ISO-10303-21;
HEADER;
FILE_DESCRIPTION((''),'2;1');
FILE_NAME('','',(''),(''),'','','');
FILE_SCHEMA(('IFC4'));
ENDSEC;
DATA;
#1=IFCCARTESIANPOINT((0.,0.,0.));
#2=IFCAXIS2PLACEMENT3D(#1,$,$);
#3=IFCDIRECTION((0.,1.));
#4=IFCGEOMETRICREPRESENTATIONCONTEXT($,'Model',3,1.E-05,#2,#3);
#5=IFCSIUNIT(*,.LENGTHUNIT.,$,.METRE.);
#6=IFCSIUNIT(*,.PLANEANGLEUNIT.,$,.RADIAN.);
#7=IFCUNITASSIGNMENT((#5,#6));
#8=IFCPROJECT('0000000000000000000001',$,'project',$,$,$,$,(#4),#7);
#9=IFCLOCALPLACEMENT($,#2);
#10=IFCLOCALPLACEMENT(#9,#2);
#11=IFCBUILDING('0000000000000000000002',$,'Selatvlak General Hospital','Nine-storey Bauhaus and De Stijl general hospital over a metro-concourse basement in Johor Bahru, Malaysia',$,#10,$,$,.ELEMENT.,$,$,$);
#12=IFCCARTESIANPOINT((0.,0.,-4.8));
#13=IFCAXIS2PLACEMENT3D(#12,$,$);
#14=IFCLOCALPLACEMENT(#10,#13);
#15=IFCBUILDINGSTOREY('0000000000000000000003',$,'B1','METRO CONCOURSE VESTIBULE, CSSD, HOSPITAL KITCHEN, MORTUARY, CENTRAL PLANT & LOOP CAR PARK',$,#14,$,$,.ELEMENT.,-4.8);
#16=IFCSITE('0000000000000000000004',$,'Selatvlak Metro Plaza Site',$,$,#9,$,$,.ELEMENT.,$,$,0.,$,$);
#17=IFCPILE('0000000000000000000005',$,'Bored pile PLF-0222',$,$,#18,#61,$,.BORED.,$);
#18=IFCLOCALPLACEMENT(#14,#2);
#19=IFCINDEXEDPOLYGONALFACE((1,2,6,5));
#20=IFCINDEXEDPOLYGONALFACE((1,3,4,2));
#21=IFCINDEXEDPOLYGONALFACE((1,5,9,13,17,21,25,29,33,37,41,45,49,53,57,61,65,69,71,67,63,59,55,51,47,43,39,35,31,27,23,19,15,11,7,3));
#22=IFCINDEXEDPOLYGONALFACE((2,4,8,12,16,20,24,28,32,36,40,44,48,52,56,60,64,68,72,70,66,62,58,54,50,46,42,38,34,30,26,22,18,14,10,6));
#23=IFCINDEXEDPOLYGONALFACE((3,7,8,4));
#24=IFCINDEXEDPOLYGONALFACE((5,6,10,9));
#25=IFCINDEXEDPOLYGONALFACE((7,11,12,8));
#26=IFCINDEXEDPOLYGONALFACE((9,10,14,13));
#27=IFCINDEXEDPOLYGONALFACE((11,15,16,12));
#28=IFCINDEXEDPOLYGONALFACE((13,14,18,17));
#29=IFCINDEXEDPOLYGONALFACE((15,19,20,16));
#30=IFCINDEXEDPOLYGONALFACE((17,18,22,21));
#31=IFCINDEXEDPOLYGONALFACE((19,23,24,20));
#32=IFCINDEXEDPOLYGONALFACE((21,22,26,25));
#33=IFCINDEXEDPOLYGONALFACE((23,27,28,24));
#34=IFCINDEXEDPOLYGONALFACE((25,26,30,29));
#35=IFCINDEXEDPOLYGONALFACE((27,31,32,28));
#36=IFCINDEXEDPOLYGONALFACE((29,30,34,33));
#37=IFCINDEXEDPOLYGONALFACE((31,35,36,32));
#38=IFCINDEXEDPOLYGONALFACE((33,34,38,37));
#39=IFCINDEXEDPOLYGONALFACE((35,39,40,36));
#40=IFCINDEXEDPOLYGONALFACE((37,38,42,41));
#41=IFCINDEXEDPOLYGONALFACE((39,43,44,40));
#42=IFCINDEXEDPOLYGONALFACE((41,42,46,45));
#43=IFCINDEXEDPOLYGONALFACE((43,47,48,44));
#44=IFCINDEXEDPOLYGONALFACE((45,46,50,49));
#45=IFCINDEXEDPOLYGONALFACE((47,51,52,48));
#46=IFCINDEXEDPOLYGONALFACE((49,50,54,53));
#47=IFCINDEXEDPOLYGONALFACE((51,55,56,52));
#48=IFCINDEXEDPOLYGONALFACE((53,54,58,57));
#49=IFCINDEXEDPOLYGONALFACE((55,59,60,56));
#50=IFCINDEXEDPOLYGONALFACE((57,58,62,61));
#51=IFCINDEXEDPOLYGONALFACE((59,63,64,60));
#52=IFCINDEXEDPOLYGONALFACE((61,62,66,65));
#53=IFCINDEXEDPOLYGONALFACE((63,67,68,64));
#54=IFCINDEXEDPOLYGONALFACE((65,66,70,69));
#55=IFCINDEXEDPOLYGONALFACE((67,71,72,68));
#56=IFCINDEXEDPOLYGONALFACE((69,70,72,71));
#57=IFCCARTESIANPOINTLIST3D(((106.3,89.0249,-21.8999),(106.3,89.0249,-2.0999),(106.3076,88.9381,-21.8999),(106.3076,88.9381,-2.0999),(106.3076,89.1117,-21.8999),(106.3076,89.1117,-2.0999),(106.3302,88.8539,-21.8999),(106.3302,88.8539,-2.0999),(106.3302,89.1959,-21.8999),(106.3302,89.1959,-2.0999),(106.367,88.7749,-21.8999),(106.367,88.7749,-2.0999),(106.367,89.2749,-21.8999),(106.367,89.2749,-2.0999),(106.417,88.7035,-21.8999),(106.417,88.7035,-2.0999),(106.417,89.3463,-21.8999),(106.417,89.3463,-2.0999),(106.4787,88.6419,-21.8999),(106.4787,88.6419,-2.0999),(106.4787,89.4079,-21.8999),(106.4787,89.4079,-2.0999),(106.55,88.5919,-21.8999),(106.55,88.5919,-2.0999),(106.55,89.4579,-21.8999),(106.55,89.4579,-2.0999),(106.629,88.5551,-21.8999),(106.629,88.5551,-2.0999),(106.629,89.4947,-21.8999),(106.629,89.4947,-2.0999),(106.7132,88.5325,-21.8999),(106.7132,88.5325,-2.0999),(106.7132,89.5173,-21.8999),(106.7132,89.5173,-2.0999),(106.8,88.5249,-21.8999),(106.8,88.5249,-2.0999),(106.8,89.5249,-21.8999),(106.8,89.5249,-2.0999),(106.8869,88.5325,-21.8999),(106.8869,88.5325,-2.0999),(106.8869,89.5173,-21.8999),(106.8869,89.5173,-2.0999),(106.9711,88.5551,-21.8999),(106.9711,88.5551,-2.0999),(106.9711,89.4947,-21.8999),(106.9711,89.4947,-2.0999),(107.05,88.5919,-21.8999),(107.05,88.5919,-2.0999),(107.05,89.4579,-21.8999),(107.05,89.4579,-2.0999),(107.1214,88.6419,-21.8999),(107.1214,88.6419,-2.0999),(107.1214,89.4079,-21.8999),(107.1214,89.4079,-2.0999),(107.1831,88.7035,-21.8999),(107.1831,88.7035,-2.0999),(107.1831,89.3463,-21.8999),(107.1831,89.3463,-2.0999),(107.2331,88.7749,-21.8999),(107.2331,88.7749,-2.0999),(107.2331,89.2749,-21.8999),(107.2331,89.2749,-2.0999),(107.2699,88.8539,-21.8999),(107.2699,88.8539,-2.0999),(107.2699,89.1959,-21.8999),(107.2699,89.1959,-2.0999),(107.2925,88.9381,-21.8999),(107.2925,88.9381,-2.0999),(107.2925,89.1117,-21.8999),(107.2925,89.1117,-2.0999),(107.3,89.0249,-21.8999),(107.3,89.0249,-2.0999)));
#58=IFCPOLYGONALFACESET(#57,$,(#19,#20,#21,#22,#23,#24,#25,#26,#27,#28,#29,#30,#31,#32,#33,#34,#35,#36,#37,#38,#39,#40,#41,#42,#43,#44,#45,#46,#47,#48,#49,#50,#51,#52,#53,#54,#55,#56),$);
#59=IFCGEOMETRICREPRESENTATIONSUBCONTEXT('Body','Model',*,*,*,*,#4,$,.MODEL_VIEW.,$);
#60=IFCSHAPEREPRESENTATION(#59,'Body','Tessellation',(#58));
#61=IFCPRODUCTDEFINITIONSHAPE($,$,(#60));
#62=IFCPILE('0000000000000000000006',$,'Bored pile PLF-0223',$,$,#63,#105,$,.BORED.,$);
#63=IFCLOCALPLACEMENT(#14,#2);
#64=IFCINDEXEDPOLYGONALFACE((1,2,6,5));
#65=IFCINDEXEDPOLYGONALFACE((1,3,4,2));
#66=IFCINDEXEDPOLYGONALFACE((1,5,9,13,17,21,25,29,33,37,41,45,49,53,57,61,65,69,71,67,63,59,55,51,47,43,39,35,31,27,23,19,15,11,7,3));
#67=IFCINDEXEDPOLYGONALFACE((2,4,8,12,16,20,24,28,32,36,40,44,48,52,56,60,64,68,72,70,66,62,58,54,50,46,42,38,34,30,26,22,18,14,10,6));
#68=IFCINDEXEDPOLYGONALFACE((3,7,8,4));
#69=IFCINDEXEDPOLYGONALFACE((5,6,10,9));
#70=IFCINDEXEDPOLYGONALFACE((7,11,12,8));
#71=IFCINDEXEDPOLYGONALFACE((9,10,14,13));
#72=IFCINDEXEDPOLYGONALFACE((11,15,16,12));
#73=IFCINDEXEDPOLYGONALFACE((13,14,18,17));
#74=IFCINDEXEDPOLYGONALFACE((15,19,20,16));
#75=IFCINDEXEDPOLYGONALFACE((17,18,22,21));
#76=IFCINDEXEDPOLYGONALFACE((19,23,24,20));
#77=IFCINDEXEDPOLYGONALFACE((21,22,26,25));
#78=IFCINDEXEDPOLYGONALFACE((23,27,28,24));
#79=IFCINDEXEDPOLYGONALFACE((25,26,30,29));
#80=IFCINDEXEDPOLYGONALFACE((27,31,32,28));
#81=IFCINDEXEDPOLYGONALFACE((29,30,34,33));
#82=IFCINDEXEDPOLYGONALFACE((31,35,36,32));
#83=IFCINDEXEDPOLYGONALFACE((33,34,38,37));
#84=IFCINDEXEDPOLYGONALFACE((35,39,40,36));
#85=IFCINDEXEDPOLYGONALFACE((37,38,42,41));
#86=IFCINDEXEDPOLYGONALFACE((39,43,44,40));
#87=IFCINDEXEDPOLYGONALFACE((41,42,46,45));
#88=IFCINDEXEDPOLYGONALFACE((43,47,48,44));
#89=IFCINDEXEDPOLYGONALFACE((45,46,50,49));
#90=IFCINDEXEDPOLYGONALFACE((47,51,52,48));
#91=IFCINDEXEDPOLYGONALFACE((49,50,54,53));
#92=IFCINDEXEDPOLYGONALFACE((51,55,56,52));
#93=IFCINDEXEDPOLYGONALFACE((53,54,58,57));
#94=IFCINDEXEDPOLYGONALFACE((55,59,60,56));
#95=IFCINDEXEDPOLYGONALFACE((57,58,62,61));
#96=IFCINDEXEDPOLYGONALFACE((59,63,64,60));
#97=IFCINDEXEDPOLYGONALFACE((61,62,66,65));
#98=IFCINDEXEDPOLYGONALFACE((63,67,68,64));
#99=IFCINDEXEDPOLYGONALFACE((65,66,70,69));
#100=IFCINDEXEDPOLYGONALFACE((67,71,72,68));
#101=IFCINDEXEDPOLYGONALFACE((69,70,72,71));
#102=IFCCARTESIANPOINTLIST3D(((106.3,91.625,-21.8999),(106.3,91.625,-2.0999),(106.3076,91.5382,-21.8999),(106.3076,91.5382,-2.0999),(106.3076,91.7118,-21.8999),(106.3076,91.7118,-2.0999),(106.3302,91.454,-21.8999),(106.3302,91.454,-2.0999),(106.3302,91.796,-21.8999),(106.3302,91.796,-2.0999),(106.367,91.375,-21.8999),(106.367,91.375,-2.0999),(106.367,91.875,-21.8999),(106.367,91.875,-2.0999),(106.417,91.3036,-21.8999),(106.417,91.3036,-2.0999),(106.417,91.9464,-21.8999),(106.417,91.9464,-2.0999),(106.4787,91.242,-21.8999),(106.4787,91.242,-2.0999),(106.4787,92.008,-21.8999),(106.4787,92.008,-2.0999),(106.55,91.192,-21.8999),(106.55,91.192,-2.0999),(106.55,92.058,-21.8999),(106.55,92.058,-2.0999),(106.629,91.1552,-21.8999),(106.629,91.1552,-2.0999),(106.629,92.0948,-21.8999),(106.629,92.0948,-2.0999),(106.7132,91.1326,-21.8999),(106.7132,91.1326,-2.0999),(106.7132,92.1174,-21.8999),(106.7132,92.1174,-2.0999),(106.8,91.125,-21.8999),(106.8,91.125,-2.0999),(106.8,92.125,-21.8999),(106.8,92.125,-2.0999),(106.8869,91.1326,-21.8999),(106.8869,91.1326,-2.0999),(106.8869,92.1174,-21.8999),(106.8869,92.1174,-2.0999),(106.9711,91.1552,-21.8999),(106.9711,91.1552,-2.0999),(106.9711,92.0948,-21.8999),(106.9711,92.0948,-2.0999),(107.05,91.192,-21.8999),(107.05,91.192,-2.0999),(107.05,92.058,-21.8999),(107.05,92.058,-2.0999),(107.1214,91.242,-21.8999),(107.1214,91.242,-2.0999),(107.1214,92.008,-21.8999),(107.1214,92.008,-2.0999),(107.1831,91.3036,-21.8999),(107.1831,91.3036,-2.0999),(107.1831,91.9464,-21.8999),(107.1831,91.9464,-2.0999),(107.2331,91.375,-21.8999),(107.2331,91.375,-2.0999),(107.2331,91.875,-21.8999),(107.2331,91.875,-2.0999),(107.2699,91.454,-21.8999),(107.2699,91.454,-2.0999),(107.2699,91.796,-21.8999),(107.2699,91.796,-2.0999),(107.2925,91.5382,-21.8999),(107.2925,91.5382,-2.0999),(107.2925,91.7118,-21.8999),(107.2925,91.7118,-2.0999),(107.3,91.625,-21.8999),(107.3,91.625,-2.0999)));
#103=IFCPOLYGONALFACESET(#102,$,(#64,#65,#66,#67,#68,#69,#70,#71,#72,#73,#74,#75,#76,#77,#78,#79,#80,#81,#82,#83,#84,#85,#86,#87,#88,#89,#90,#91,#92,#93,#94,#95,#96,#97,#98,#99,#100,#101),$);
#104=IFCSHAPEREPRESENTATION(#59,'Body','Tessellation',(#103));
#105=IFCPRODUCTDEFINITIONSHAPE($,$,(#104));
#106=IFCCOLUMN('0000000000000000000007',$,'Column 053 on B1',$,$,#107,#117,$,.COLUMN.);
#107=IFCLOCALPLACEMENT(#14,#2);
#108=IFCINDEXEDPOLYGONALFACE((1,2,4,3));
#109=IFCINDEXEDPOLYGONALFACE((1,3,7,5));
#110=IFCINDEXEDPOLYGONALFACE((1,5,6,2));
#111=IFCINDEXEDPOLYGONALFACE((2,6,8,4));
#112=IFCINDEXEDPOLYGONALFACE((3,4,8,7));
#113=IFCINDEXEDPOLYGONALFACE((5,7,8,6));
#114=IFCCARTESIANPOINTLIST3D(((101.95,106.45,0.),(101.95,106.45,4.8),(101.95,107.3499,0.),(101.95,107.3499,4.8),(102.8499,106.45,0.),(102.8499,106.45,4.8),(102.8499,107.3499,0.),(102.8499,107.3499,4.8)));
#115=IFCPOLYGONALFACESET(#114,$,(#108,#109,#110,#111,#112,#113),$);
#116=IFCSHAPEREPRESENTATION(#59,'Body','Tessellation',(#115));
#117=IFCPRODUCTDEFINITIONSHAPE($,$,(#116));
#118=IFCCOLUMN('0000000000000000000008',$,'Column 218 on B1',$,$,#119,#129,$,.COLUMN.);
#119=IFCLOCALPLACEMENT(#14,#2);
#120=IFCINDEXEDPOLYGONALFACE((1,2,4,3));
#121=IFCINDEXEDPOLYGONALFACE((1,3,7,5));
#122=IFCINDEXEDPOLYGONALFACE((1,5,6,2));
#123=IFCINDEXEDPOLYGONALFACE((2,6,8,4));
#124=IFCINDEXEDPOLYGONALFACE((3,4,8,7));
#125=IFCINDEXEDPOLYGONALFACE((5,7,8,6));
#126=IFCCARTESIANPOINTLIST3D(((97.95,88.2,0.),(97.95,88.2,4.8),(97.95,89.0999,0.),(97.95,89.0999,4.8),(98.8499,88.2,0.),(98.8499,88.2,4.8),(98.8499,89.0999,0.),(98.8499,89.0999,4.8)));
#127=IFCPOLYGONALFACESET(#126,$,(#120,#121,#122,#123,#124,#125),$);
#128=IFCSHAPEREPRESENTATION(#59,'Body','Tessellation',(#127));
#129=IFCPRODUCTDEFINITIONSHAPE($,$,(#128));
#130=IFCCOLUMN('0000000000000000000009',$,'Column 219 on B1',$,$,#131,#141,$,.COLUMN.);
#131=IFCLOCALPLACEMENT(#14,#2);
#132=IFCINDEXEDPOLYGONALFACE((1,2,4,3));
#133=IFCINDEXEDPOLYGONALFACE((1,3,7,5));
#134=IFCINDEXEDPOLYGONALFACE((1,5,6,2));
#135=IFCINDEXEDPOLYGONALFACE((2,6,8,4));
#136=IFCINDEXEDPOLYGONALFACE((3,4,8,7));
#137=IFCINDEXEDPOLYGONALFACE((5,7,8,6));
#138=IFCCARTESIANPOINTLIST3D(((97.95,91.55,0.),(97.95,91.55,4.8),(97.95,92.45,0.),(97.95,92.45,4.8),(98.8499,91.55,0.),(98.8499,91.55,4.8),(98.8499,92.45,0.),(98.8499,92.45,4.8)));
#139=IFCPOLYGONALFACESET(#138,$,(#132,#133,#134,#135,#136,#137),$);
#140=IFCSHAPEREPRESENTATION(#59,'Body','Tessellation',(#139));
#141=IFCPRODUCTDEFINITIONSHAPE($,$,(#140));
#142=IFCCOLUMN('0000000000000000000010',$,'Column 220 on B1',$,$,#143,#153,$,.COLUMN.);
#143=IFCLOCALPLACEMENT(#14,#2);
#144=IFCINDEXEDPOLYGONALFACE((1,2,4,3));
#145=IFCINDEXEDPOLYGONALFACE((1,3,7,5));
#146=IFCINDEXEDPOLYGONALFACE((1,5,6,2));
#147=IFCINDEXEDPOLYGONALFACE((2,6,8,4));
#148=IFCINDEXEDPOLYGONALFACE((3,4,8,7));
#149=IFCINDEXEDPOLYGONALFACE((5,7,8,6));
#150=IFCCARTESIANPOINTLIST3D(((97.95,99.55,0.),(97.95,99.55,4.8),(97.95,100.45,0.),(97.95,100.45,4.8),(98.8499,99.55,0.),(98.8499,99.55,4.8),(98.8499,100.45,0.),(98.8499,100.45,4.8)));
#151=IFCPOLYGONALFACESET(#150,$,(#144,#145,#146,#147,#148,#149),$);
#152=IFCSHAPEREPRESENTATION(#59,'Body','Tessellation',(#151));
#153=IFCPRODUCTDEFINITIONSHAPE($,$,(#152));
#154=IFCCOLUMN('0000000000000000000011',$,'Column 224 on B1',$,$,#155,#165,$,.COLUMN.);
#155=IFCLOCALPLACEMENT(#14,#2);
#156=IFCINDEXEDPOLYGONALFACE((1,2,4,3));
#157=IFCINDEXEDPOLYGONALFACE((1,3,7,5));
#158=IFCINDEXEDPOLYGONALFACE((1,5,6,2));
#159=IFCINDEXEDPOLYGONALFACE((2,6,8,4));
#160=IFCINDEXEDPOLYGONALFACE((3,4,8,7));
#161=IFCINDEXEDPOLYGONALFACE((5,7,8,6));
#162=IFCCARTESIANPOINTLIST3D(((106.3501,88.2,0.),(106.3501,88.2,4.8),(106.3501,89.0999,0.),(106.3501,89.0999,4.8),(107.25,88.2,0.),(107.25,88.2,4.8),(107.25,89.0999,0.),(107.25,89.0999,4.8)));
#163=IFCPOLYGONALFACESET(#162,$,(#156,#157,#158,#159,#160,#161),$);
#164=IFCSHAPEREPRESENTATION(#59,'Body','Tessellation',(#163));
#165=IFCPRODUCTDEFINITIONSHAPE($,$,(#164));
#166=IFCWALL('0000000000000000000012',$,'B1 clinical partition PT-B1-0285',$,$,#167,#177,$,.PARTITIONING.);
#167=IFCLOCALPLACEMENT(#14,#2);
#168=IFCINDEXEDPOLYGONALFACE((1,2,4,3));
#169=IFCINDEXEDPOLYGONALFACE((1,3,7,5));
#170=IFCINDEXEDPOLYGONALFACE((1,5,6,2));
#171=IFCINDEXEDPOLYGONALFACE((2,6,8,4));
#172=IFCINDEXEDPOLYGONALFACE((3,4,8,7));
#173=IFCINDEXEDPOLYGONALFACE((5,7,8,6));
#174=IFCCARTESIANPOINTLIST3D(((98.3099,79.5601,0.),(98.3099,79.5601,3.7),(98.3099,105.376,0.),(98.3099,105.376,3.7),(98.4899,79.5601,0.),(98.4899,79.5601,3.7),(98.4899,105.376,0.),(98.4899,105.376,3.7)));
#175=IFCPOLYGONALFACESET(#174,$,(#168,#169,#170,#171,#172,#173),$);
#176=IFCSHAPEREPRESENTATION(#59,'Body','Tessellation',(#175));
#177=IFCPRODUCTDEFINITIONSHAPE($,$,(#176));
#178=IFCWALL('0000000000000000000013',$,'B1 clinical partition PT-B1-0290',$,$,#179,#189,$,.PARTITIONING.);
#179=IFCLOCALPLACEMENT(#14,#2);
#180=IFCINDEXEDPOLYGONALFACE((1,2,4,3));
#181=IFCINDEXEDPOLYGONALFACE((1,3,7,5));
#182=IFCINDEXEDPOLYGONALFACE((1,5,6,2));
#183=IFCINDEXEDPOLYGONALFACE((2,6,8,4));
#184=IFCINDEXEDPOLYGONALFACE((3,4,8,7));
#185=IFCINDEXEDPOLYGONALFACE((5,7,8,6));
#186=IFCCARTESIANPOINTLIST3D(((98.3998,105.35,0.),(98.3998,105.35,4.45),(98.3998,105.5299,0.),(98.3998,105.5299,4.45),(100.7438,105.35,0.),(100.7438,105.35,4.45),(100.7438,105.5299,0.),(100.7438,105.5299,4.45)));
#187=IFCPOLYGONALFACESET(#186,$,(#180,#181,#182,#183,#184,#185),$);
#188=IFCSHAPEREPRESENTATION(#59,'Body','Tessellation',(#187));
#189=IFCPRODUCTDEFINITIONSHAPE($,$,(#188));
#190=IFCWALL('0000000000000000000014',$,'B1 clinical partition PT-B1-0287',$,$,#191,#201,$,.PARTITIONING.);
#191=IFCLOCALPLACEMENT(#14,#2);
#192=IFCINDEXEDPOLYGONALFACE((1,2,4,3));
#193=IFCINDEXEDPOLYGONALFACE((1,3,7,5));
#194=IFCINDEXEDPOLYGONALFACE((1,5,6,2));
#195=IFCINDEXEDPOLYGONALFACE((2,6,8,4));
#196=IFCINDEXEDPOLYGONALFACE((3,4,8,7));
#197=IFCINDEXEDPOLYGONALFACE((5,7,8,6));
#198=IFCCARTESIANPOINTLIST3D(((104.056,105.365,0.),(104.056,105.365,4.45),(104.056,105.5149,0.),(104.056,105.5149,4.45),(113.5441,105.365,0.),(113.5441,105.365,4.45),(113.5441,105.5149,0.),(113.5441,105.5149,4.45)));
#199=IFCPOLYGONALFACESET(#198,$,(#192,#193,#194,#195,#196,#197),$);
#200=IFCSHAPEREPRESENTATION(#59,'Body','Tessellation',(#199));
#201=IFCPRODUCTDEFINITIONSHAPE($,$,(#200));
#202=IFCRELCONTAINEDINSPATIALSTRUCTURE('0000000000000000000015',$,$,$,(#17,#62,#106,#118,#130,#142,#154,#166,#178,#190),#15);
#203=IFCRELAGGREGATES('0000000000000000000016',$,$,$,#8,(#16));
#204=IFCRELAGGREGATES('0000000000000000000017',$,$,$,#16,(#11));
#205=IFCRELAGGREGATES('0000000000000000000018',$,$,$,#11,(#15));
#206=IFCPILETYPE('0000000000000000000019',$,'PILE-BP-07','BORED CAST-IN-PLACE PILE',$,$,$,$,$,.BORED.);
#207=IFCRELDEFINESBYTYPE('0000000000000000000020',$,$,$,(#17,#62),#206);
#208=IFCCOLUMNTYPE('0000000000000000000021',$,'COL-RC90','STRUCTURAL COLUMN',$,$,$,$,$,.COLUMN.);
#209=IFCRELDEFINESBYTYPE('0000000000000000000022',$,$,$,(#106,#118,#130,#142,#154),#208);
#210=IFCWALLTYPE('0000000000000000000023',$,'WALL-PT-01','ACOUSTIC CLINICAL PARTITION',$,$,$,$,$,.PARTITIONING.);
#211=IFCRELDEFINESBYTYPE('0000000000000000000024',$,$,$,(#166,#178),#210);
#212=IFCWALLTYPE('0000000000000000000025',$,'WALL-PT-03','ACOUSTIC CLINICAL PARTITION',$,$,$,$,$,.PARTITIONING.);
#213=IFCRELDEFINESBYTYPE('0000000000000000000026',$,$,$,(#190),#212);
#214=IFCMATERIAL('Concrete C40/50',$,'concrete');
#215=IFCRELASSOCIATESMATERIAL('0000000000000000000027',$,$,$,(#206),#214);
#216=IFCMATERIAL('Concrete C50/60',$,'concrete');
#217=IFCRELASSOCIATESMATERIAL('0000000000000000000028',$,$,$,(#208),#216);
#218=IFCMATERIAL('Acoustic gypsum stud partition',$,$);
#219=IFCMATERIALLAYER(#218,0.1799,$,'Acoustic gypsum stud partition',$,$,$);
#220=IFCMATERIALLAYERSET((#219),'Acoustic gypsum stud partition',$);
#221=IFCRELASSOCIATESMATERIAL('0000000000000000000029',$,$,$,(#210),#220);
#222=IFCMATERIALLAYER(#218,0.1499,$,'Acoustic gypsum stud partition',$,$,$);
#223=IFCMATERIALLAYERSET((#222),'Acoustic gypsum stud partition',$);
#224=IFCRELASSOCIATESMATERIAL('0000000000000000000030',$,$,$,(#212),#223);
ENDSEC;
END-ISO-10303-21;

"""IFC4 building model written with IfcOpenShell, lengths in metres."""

from ifc_helpers import new_model, si_unit, direction, frame, frame_2d, origin, origin_2d, place, context, subcontext, project, spatial, rectangle, circle, extrude, material, layer, layer_set, material_profile, profile_set, type_object, element, save


model = new_model("IFC4")

# Units and contexts
model_context = context("Model", 3, precision=1e-05, world=origin(), true_north=direction((0.0, 1.0)))
body_context = subcontext(model_context, "Body", "Model", "MODEL_VIEW")
ifc_project = project(units=[si_unit("LENGTHUNIT", "METRE"), si_unit("PLANEANGLEUNIT", "RADIAN")], contexts=[model_context])

# Site, building, storey
site_placement = place(None, origin())
site = spatial("IfcSite", under=ifc_project, at=site_placement, Name="Selatvlak Metro Plaza Site", CompositionType="ELEMENT", RefElevation=0.0)
building_placement = place(site_placement, origin())
building = spatial("IfcBuilding", under=site, at=building_placement, Name="Selatvlak General Hospital", Description="Nine-storey Bauhaus and De Stijl general hospital over a metro-concourse basement in Johor Bahru, Malaysia", CompositionType="ELEMENT")
storey_placement = place(building_placement, frame((0.0, 0.0, -4.8)))
storey = spatial("IfcBuildingStorey", under=building, at=storey_placement, Name="B1", Description="METRO CONCOURSE VESTIBULE, CSSD, HOSPITAL KITCHEN, MORTUARY, CENTRAL PLANT & LOOP CAR PARK", CompositionType="ELEMENT", Elevation=-4.8)

# Shared definitions
ifc_material_1 = material(Name="Concrete C40/50", Category="concrete")

# Piles
ifc_material_profile_1 = material_profile(ifc_material_1, circle(Radius=0.5, at=origin_2d()), Name="BORED PILE 1000")
ifc_profile_set_1 = profile_set([ifc_material_profile_1], Name="Concrete C40/50")
pile_type_1 = type_object("IfcPileType", Name="PILE-BP-07", Description="BORED CAST-IN-PLACE PILE", PredefinedType="BORED", material=ifc_profile_set_1)
for number, where, z_axis, x_axis, name in (
    (1, (106.8, 89.0249, -2.0999), (0.0, 0.0, -1.0), (1.0, 0.0, 0.0), "Bored pile PLF-0222"),
    (2, (106.8, 91.625, -2.0999), (0.0, 0.0, -1.0), (1.0, 0.0, 0.0), "Bored pile PLF-0223"),
):
    element("IfcPile", number, at=place(storey_placement, frame(where, z_axis=z_axis, x_axis=x_axis)), inside=storey, type_object=pile_type_1, Name=name, PredefinedType="BORED", context=body_context, shape_type="SweptSolid", body=[
        extrude(circle(Radius=0.5, at=origin_2d()), origin(), (0.0, 0.0, 1.0), 19.8),
    ])

# Columns
ifc_material_2 = material(Name="Concrete C50/60", Category="concrete")
ifc_material_profile_2 = material_profile(ifc_material_2, rectangle(XDim=0.8999, YDim=0.8999, at=origin_2d()), Name="RC-COL 900x900")
ifc_profile_set_2 = profile_set([ifc_material_profile_2], Name="Concrete C50/60")
column_type = type_object("IfcColumnType", Name="COL-RC90", Description="STRUCTURAL COLUMN", PredefinedType="COLUMN", material=ifc_profile_set_2)
for number, where, z_axis, x_axis, name in (
    (3, (102.3999, 106.8999, 0.0), (0.0, 0.0, 1.0), (1.0, 0.0, 0.0), "Column 053 on B1"),
    (4, (98.3999, 88.6499, 0.0), (0.0, 0.0, 1.0), (1.0, 0.0, 0.0), "Column 218 on B1"),
    (5, (98.3999, 92.0, 0.0), (0.0, 0.0, 1.0), (1.0, 0.0, 0.0), "Column 219 on B1"),
    (6, (98.3999, 100.0, 0.0), (0.0, 0.0, 1.0), (1.0, 0.0, 0.0), "Column 220 on B1"),
    (7, (106.8, 88.6499, 0.0), (0.0, 0.0, 1.0), (1.0, 0.0, 0.0), "Column 224 on B1"),
):
    element("IfcColumn", number, at=place(storey_placement, frame(where, z_axis=z_axis, x_axis=x_axis)), inside=storey, type_object=column_type, Name=name, PredefinedType="COLUMN", context=body_context, shape_type="SweptSolid", body=[
        extrude(rectangle(XDim=0.8999, YDim=0.8999, at=origin_2d()), origin(), (0.0, 0.0, 1.0), 4.8),
    ])

# Walls
ifc_material_3 = material(Name="Acoustic gypsum stud partition")
ifc_layer_1 = layer(ifc_material_3, 0.1799, Name="Acoustic gypsum stud partition")
ifc_layer_set_1 = layer_set([ifc_layer_1], Name="Acoustic gypsum stud partition")
wall_type_1 = type_object("IfcWallType", Name="WALL-PT-01", Description="ACOUSTIC CLINICAL PARTITION", PredefinedType="PARTITIONING", material=ifc_layer_set_1)
wall_1_placement = place(storey_placement, frame((98.3999, 105.376, 0.0), z_axis=(0.0, 0.0, 1.0), x_axis=(0.0, -1.0, 0.0)))
element("IfcWall", 8, at=wall_1_placement, inside=storey, type_object=wall_type_1, Name="B1 clinical partition PT-B1-0285", PredefinedType="PARTITIONING", context=body_context, shape_type="SweptSolid", body=[
    extrude(rectangle(XDim=25.8159, YDim=0.1799, at=frame_2d((12.908, 0.0))), origin(), (0.0, 0.0, 1.0), 3.7),
])
wall_2_placement = place(storey_placement, frame((98.3999, 105.4399, 0.0), z_axis=(0.0, 0.0, 1.0), x_axis=(1.0, 0.0, 0.0)))
element("IfcWall", 9, at=wall_2_placement, inside=storey, type_object=wall_type_1, Name="B1 clinical partition PT-B1-0290", PredefinedType="PARTITIONING", context=body_context, shape_type="SweptSolid", body=[
    extrude(rectangle(XDim=2.344, YDim=0.1799, at=frame_2d((1.1719, 0.0))), origin(), (0.0, 0.0, 1.0), 4.45),
])
ifc_layer_2 = layer(ifc_material_3, 0.1499, Name="Acoustic gypsum stud partition")
ifc_layer_set_2 = layer_set([ifc_layer_2], Name="Acoustic gypsum stud partition")
wall_type_2 = type_object("IfcWallType", Name="WALL-PT-03", Description="ACOUSTIC CLINICAL PARTITION", PredefinedType="PARTITIONING", material=ifc_layer_set_2)
wall_3_placement = place(storey_placement, frame((104.0559, 105.4399, 0.0), z_axis=(0.0, 0.0, 1.0), x_axis=(1.0, 0.0, 0.0)))
element("IfcWall", 10, at=wall_3_placement, inside=storey, type_object=wall_type_2, Name="B1 clinical partition PT-B1-0287", PredefinedType="PARTITIONING", context=body_context, shape_type="SweptSolid", body=[
    extrude(rectangle(XDim=9.488, YDim=0.1499, at=frame_2d((4.7441, 0.0))), origin(), (0.0, 0.0, 1.0), 4.45),
])

save(model, "model.ifc")
